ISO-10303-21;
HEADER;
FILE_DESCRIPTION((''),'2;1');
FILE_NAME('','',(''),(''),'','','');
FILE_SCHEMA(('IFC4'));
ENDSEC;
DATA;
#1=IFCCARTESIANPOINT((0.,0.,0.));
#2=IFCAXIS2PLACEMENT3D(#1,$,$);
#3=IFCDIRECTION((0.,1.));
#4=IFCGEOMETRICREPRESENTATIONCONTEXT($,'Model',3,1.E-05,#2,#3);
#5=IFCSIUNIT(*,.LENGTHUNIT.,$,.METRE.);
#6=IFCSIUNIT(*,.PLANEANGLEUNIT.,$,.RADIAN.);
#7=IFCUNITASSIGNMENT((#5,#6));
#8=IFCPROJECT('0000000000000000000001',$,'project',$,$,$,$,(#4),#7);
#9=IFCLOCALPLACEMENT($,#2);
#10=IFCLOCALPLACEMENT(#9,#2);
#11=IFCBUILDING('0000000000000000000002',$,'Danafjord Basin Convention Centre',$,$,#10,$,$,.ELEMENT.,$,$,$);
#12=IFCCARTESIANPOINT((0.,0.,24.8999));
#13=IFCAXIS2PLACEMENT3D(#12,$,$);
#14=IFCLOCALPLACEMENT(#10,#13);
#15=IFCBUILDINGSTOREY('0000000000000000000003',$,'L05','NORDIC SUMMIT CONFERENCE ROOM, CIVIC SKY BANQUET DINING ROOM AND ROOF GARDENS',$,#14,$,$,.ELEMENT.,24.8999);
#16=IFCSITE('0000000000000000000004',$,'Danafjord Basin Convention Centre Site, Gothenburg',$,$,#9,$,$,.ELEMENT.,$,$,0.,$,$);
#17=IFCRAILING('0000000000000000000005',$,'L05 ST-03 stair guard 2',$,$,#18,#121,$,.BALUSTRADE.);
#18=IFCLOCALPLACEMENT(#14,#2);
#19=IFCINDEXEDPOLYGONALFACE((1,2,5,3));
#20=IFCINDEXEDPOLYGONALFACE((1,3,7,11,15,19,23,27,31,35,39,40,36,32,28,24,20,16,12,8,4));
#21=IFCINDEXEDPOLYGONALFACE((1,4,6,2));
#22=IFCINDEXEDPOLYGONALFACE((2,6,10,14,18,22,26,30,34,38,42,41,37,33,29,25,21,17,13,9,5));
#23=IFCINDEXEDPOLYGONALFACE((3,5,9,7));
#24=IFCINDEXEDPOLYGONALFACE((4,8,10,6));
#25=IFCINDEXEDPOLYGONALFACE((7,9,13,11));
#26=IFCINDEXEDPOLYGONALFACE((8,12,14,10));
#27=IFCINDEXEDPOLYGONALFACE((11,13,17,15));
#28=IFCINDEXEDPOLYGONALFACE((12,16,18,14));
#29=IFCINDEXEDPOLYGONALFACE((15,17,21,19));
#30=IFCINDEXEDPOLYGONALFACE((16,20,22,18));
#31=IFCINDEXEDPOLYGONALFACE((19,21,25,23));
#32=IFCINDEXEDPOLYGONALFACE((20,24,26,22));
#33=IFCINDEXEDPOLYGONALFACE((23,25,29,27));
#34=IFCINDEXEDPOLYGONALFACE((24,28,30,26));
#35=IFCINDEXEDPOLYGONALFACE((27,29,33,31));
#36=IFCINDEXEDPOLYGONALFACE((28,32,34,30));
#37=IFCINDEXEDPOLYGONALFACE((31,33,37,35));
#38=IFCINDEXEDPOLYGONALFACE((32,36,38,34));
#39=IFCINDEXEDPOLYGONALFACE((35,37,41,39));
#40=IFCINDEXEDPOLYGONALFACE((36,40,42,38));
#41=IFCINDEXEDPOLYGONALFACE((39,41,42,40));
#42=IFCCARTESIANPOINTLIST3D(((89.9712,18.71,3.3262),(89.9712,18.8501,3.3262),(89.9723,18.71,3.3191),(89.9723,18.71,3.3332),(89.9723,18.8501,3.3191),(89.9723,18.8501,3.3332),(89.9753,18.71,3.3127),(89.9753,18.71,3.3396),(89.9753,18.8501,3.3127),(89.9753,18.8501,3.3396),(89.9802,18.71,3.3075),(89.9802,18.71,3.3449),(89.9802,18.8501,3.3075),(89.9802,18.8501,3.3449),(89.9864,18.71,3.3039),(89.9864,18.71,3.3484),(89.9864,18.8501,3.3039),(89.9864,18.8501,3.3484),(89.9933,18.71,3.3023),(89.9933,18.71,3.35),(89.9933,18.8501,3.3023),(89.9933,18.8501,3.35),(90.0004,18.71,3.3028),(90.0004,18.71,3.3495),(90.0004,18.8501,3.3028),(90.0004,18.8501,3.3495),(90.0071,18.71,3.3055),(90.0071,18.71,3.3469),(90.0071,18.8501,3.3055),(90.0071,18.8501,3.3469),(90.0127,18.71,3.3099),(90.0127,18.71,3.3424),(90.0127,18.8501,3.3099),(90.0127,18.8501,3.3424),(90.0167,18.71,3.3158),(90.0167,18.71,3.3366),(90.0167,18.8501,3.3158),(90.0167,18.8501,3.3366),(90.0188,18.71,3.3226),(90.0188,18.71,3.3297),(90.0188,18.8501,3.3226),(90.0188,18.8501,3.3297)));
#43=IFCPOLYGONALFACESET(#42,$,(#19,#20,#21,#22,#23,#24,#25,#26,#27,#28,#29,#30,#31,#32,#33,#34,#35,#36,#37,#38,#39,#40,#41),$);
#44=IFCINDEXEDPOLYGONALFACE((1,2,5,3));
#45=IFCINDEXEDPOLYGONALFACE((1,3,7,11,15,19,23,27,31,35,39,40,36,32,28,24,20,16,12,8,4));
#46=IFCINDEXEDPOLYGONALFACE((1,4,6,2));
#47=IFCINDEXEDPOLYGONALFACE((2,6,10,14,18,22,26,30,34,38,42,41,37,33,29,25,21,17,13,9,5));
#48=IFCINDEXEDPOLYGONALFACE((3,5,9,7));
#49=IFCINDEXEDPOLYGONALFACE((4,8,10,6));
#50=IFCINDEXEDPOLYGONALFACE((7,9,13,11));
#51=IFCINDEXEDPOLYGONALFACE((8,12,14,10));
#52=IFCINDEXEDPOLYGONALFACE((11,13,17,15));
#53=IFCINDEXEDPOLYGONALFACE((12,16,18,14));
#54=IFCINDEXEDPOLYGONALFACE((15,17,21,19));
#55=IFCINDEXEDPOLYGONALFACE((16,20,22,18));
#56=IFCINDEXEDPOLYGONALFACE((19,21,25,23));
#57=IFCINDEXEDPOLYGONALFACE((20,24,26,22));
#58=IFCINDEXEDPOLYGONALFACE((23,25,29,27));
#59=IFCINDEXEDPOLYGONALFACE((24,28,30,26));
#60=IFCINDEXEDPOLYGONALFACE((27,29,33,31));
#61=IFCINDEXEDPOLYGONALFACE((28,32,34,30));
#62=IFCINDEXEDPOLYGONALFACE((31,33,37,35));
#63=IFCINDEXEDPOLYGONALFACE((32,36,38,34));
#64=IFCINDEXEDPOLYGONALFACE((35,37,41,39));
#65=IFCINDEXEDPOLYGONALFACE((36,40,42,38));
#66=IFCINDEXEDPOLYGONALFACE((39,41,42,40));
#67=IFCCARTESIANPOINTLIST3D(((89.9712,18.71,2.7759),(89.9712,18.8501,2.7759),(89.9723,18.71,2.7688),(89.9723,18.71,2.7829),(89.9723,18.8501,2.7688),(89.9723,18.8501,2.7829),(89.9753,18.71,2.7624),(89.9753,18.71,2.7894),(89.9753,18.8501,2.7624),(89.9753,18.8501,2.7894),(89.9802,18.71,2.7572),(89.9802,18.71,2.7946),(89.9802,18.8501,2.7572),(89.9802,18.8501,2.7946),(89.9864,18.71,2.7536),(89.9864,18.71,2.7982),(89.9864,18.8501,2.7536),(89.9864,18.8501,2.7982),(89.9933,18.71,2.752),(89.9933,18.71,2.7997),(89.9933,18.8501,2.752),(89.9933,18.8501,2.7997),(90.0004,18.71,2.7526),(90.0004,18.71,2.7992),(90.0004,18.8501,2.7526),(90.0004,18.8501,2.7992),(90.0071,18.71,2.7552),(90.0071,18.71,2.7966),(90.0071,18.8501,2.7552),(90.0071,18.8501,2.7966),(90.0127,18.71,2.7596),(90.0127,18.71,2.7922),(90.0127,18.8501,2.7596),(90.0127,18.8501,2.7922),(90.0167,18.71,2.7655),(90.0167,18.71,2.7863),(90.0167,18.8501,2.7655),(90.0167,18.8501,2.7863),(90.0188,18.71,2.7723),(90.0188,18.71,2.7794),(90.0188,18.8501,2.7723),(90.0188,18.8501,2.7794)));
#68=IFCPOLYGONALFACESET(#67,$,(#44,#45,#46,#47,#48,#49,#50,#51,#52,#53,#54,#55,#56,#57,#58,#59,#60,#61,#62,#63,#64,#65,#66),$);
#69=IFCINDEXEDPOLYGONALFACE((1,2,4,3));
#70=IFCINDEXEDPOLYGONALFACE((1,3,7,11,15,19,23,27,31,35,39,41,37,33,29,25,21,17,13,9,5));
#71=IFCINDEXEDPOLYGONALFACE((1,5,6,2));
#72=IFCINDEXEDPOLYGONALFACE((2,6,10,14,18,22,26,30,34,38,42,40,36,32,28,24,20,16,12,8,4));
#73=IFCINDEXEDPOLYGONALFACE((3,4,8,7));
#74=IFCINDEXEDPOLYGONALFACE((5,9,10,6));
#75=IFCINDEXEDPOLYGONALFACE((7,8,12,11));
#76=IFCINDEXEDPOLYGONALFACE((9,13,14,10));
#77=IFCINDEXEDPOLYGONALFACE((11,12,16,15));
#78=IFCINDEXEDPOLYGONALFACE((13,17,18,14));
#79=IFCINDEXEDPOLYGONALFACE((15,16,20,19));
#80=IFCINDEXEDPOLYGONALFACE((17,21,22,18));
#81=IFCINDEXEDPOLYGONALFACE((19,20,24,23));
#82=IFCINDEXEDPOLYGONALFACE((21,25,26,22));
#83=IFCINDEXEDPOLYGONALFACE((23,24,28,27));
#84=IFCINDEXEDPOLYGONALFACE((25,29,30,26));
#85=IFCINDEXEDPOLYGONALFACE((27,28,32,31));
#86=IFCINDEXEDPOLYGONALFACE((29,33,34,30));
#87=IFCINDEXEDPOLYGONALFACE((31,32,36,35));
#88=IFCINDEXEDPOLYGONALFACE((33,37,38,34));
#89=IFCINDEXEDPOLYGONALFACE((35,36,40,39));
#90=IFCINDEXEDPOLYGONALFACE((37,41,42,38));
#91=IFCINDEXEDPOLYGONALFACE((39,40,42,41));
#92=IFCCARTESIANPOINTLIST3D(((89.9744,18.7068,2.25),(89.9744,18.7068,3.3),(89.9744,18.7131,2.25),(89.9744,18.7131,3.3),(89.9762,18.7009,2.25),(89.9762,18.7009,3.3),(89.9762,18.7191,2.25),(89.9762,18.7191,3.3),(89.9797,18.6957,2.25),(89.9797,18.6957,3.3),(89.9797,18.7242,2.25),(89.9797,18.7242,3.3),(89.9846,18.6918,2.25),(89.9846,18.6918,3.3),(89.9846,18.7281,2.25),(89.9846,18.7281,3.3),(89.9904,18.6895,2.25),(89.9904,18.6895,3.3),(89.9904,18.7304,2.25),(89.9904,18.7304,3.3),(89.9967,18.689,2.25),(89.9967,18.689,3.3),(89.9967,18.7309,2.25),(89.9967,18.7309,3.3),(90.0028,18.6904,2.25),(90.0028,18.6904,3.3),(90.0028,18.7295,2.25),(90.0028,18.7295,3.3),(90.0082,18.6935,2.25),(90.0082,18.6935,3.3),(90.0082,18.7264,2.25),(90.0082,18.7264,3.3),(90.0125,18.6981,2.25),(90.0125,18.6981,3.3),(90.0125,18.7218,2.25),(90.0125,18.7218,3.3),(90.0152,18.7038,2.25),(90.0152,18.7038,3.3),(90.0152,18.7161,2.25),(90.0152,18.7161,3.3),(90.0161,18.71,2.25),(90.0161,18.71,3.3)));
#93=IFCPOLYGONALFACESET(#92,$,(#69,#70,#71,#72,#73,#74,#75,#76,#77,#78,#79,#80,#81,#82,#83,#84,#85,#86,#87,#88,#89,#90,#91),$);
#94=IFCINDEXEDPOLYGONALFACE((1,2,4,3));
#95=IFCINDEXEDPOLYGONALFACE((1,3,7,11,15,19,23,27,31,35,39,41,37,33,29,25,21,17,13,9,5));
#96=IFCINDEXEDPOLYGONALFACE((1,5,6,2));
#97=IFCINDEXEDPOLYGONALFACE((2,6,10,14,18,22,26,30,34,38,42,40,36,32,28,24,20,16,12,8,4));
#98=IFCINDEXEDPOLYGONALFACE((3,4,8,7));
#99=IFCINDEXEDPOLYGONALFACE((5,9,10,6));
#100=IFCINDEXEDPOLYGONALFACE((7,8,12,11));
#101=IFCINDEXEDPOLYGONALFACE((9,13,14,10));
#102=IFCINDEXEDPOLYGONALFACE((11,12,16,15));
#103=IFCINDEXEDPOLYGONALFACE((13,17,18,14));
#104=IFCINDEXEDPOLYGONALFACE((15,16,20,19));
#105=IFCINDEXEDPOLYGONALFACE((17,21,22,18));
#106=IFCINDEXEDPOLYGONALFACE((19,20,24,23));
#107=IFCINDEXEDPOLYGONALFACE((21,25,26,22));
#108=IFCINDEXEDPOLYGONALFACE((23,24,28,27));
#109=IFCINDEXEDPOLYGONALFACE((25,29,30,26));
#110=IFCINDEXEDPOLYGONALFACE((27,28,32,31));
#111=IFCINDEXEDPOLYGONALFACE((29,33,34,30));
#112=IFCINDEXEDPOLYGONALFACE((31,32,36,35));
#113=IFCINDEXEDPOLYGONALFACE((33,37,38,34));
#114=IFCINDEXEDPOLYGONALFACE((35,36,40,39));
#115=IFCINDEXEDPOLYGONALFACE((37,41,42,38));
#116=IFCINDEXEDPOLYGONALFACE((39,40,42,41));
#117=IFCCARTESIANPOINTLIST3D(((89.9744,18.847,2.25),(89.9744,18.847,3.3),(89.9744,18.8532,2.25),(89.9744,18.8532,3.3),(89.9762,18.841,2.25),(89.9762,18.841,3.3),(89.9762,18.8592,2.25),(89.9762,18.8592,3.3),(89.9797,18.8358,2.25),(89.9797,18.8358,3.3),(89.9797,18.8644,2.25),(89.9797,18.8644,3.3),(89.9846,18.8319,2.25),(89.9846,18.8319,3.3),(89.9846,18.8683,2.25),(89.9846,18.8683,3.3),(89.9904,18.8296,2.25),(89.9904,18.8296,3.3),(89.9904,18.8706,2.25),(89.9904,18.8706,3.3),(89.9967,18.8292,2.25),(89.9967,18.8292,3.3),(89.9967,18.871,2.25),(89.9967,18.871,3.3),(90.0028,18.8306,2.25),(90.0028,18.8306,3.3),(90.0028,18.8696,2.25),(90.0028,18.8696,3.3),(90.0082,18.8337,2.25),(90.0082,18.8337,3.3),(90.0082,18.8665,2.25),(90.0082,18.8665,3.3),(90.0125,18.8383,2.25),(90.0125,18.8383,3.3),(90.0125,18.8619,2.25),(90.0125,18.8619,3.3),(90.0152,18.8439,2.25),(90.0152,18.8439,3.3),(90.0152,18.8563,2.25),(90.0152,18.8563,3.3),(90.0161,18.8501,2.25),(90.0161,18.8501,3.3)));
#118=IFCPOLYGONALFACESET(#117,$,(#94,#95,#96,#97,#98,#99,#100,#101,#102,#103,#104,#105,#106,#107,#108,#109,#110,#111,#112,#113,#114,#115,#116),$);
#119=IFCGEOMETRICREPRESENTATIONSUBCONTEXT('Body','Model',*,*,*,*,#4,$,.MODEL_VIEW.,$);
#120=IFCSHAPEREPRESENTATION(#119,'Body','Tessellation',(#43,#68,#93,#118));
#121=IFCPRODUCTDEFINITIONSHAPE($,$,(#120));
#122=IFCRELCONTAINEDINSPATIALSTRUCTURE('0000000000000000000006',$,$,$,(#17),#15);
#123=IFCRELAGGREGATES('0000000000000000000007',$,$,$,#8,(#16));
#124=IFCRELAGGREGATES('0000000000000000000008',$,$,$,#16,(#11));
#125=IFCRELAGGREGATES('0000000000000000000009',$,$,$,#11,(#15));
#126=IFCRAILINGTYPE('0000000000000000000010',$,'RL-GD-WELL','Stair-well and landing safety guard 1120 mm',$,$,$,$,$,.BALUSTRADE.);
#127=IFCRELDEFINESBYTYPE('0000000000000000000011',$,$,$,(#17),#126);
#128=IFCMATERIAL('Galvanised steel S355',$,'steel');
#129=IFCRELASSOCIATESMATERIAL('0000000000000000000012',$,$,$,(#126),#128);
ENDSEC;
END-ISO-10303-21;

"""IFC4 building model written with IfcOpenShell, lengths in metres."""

from ifc_helpers import new_model, si_unit, direction, frame, origin, origin_2d, place, context, subcontext, project, spatial, circle, extrude, material, type_object, element, save


model = new_model("IFC4")

# Units and contexts
model_context = context("Model", 3, precision=1e-05, world=origin(), true_north=direction((0.0, 1.0)))
body_context = subcontext(model_context, "Body", "Model", "MODEL_VIEW")
ifc_project = project(units=[si_unit("LENGTHUNIT", "METRE"), si_unit("PLANEANGLEUNIT", "RADIAN")], contexts=[model_context])

# Site, building, storey
site_placement = place(None, origin())
site = spatial("IfcSite", under=ifc_project, at=site_placement, Name="Danafjord Basin Convention Centre Site, Gothenburg", CompositionType="ELEMENT", RefElevation=0.0)
building_placement = place(site_placement, origin())
building = spatial("IfcBuilding", under=site, at=building_placement, Name="Danafjord Basin Convention Centre", CompositionType="ELEMENT")
storey_placement = place(building_placement, frame((0.0, 0.0, 24.8999)))
storey = spatial("IfcBuildingStorey", under=building, at=storey_placement, Name="L05", Description="NORDIC SUMMIT CONFERENCE ROOM, CIVIC SKY BANQUET DINING ROOM AND ROOF GARDENS", CompositionType="ELEMENT", Elevation=24.8999)

# Railing
ifc_material_1 = material(Name="Galvanised steel S355", Category="steel")
railing_type_1 = type_object("IfcRailingType", Name="RL-GD-WELL", Description="Stair-well and landing safety guard 1120 mm", PredefinedType="BALUSTRADE", material=ifc_material_1)
railing_1_placement = place(storey_placement, frame((89.9951, 18.71, 2.25)))
element("IfcRailing", 1, at=railing_1_placement, inside=storey, type_object=railing_type_1, Name="L05 ST-03 stair guard 2", PredefinedType="BALUSTRADE", context=body_context, shape_type="SweptSolid", body=[
    extrude(circle(Radius=0.0239, at=origin_2d()), frame((0.0, 0.0, 1.0762), z_axis=(0.0, 1.0, 0.0), x_axis=(-1.0, 0.0, 0.0)), (0.0, 0.0, 1.0), 0.1401),
    extrude(circle(Radius=0.0239, at=origin_2d()), frame((0.0, 0.0, 0.5259), z_axis=(0.0, 1.0, 0.0), x_axis=(-1.0, 0.0, 0.0)), (0.0, 0.0, 1.0), 0.1401),
    extrude(circle(Radius=0.021, at=origin_2d()), origin(), (0.0, 0.0, 1.0), 1.05),
    extrude(circle(Radius=0.021, at=origin_2d()), frame((0.0, 0.1401, 0.0)), (0.0, 0.0, 1.0), 1.05),
])

save(model, "model.ifc")
